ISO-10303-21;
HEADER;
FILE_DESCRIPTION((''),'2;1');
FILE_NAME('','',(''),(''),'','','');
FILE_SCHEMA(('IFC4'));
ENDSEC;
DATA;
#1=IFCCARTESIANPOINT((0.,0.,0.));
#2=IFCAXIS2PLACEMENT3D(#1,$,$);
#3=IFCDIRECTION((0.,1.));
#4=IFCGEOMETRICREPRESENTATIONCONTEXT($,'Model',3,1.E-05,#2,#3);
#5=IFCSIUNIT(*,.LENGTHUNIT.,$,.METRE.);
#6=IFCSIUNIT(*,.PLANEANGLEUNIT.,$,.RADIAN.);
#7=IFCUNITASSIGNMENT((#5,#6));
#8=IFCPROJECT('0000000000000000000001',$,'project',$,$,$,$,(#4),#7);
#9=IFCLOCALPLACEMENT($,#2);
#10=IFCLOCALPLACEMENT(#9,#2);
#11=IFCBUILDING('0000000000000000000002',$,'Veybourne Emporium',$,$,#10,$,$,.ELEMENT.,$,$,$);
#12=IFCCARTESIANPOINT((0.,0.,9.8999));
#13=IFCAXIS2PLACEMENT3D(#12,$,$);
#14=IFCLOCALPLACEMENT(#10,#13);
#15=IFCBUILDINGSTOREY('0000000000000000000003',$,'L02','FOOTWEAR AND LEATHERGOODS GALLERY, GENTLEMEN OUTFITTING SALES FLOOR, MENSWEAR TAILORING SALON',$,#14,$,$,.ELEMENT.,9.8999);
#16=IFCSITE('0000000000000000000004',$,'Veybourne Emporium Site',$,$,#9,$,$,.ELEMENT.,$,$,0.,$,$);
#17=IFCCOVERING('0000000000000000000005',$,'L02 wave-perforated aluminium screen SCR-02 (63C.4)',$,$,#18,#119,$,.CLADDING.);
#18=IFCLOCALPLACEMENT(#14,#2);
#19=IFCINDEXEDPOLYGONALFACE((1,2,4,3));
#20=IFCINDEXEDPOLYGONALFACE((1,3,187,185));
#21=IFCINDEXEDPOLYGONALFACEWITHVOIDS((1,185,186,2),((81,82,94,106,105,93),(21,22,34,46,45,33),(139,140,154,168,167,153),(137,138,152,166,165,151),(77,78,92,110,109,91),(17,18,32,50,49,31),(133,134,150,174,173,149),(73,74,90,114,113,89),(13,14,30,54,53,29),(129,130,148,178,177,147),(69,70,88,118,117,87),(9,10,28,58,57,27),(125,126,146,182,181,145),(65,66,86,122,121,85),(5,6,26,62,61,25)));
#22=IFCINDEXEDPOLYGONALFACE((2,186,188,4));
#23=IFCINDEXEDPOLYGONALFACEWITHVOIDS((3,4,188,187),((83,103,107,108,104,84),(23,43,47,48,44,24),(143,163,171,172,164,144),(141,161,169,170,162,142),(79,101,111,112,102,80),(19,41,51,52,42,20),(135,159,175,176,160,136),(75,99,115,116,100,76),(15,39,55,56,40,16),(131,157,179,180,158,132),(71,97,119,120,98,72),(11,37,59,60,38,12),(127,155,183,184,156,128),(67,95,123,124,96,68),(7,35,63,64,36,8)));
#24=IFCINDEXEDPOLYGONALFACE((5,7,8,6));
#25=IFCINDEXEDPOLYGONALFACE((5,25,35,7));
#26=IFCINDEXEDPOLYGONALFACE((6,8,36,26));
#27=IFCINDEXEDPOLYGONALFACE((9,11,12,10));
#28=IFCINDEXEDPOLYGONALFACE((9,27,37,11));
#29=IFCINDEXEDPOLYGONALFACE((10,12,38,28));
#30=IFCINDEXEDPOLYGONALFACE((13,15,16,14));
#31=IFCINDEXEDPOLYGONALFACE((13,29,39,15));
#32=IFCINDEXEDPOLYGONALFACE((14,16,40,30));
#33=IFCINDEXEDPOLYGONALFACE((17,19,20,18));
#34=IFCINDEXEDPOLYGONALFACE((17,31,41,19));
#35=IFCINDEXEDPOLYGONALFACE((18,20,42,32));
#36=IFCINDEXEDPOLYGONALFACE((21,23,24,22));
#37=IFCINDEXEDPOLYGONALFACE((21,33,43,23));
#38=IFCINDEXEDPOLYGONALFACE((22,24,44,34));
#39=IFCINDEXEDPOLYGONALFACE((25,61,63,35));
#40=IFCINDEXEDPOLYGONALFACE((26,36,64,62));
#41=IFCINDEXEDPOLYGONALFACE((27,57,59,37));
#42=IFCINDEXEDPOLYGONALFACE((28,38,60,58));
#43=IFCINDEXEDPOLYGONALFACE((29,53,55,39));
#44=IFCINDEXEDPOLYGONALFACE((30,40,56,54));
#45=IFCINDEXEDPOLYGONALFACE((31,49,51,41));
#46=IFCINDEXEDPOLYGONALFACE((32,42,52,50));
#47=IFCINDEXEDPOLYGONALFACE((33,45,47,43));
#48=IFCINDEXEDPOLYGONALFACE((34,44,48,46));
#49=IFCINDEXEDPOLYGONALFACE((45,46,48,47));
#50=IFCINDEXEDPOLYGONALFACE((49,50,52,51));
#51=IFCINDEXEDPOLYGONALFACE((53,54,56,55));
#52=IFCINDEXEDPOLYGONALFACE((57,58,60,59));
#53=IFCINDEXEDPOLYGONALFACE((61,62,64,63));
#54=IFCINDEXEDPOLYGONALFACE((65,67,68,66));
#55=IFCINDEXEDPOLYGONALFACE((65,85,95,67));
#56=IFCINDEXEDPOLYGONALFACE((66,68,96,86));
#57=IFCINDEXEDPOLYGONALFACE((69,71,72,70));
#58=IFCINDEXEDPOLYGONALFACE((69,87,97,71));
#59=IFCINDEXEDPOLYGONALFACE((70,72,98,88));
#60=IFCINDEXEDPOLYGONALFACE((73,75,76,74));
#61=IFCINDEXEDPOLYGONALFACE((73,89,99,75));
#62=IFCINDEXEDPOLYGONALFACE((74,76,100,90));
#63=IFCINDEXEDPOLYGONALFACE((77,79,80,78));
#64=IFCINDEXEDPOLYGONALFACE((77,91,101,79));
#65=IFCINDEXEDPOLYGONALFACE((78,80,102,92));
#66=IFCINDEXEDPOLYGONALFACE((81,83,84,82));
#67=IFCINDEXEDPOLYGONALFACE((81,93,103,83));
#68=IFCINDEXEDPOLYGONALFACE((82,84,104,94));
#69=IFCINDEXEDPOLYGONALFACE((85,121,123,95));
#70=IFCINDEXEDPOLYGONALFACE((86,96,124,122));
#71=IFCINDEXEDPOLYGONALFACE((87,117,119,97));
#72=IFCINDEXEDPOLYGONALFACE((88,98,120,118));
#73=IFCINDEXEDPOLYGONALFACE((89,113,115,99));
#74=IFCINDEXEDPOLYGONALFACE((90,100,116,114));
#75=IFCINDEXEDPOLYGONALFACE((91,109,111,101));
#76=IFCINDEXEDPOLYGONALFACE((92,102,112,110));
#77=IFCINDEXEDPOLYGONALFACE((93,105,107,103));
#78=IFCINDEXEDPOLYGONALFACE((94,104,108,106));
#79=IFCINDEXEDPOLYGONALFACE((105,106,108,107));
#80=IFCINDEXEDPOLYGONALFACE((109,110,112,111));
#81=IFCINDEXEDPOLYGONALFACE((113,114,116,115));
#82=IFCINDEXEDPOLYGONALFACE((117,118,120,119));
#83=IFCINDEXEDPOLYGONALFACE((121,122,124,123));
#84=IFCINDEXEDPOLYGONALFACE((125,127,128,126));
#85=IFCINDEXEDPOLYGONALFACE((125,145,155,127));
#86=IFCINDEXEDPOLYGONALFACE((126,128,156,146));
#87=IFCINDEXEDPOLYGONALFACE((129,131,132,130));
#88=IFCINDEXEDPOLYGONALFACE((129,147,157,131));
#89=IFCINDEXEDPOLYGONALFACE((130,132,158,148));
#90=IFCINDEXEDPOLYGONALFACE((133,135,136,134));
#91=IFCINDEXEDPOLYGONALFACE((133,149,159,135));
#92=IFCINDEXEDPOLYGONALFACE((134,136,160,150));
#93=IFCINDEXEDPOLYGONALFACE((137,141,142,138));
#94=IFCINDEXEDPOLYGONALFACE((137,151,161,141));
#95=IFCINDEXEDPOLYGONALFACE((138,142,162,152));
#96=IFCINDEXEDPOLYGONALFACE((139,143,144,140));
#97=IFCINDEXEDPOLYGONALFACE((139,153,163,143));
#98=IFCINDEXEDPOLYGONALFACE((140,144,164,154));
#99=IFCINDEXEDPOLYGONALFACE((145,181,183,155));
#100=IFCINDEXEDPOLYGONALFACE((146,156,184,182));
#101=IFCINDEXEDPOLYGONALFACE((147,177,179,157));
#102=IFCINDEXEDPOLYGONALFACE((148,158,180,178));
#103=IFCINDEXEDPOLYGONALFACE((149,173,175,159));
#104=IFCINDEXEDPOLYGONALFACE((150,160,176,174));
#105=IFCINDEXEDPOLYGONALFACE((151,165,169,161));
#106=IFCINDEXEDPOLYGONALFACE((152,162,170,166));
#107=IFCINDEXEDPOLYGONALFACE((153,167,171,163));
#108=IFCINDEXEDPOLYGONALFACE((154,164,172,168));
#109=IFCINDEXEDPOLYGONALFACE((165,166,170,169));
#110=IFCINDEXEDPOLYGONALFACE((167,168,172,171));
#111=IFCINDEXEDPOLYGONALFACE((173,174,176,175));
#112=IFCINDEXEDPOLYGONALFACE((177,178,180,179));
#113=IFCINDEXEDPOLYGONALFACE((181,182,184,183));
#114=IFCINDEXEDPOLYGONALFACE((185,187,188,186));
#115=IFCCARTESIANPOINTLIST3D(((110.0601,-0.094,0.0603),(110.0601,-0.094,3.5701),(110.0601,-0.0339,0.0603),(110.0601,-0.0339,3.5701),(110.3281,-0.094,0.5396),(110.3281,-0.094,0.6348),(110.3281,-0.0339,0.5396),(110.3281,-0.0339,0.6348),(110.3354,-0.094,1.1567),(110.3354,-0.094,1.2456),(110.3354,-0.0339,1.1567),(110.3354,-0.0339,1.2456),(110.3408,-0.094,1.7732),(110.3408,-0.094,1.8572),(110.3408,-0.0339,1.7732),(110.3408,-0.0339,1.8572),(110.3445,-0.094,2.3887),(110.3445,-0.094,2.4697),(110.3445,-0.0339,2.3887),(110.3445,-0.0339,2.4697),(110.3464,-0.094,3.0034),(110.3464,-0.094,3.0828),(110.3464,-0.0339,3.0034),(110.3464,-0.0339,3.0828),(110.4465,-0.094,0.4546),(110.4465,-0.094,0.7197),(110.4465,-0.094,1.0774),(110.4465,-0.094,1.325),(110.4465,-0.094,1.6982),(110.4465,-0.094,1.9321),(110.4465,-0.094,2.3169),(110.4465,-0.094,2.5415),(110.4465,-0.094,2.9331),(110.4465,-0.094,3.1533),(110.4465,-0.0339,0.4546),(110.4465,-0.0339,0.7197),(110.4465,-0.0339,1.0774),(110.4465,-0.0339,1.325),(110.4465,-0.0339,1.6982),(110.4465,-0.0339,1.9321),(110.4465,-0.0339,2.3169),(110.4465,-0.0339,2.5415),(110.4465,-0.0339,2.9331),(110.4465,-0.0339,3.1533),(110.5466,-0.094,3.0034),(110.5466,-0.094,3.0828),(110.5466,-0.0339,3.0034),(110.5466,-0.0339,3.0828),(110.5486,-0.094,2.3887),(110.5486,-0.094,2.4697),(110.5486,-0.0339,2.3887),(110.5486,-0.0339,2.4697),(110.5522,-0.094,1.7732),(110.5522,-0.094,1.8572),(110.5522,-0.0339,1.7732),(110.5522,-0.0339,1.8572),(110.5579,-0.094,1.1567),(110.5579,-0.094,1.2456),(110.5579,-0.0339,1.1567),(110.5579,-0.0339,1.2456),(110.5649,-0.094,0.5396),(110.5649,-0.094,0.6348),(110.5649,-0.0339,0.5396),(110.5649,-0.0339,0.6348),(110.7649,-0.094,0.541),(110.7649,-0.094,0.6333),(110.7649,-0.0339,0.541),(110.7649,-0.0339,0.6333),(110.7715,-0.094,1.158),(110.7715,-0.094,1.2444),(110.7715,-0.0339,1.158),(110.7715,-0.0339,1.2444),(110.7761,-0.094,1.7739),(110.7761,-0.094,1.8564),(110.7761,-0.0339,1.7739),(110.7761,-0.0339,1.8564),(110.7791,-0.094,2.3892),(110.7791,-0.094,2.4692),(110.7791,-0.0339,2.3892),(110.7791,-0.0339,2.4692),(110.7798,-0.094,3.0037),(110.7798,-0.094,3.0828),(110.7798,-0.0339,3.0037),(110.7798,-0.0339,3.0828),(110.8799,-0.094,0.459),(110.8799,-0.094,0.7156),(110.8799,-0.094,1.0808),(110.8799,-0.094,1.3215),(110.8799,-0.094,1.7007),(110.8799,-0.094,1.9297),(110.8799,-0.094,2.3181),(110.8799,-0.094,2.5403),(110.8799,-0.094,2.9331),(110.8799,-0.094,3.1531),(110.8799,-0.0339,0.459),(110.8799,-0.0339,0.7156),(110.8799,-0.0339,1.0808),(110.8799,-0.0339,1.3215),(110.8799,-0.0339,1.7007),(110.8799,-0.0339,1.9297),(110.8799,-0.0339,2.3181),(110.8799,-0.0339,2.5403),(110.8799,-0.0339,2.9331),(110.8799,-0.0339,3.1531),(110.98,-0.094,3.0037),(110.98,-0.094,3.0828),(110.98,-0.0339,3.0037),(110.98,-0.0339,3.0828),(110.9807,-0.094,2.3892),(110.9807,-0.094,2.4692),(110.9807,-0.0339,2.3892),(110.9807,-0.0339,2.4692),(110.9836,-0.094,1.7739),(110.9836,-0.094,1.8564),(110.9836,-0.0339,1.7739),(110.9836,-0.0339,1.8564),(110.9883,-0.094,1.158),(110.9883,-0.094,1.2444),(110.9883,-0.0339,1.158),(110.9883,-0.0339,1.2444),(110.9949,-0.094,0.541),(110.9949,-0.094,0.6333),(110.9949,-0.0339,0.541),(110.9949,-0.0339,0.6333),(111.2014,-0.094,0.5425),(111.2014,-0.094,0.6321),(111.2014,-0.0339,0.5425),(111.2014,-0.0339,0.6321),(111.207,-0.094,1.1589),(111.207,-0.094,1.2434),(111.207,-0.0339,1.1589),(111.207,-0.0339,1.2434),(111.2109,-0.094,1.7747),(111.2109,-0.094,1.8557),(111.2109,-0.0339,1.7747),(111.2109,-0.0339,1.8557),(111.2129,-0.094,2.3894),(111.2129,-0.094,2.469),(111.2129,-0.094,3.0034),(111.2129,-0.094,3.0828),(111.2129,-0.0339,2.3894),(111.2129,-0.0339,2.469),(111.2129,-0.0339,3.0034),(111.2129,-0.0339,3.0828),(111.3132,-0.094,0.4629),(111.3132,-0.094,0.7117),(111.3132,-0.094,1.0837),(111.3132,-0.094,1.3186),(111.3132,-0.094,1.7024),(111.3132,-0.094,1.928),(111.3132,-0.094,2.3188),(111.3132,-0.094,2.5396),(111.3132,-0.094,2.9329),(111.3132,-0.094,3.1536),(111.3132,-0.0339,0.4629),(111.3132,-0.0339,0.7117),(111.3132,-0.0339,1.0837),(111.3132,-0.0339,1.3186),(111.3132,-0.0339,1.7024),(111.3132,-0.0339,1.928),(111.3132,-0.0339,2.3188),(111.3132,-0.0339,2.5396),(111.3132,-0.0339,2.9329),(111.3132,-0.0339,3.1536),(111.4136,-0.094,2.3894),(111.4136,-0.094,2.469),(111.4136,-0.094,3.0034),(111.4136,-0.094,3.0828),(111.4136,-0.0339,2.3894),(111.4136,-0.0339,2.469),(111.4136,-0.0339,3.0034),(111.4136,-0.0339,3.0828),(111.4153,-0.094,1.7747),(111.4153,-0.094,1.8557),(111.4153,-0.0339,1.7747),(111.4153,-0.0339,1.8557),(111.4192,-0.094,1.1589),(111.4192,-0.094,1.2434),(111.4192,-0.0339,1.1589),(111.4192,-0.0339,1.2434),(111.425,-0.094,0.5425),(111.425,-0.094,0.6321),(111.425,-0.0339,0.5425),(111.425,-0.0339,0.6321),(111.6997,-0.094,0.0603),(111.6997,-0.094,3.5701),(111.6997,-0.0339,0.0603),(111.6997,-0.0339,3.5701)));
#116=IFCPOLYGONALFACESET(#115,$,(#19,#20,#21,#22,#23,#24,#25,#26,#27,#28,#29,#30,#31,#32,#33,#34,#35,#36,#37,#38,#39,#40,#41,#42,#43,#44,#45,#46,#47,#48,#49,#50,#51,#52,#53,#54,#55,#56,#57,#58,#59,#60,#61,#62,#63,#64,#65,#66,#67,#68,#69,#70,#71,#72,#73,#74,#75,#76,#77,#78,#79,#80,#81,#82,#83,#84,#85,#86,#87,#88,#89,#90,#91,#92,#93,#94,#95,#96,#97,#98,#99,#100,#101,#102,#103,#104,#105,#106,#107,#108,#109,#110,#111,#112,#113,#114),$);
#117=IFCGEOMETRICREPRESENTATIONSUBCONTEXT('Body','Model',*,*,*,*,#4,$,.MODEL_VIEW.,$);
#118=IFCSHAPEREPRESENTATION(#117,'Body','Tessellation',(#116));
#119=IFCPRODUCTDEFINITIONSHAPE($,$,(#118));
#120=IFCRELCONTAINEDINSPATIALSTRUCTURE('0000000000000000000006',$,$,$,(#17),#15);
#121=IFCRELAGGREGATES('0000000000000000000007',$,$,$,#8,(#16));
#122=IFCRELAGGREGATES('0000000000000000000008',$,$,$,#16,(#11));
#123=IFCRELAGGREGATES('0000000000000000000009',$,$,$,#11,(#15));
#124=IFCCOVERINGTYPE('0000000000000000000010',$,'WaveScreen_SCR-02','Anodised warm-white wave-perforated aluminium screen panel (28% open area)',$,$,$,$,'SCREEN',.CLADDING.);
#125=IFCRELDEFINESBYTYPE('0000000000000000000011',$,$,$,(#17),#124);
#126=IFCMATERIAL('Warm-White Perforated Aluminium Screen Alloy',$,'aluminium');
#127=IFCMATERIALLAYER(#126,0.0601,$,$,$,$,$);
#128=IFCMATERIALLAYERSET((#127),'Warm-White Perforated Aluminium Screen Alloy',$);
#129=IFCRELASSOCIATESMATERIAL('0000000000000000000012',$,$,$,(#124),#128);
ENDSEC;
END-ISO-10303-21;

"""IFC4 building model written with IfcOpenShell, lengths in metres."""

from ifc_helpers import new_model, si_unit, direction, frame, origin, place, context, subcontext, project, spatial, polyline, outline, extrude, material, layer, layer_set, type_object, element, save


model = new_model("IFC4")

# Units and contexts
model_context = context("Model", 3, precision=1e-05, world=origin(), true_north=direction((0.0, 1.0)))
body_context = subcontext(model_context, "Body", "Model", "MODEL_VIEW")
ifc_project = project(units=[si_unit("LENGTHUNIT", "METRE"), si_unit("PLANEANGLEUNIT", "RADIAN")], contexts=[model_context])

# Site, building, storey
site_placement = place(None, origin())
site = spatial("IfcSite", under=ifc_project, at=site_placement, Name="Veybourne Emporium Site", CompositionType="ELEMENT", RefElevation=0.0)
building_placement = place(site_placement, origin())
building = spatial("IfcBuilding", under=site, at=building_placement, Name="Veybourne Emporium", CompositionType="ELEMENT")
storey_placement = place(building_placement, frame((0.0, 0.0, 9.8999)))
storey = spatial("IfcBuildingStorey", under=building, at=storey_placement, Name="L02", Description="FOOTWEAR AND LEATHERGOODS GALLERY, GENTLEMEN OUTFITTING SALES FLOOR, MENSWEAR TAILORING SALON", CompositionType="ELEMENT", Elevation=9.8999)

# Covering
ifc_material_1 = material(Name="Warm-White Perforated Aluminium Screen Alloy", Category="aluminium")
ifc_layer_1 = layer(ifc_material_1, 0.0601)
ifc_layer_set_1 = layer_set([ifc_layer_1], Name="Warm-White Perforated Aluminium Screen Alloy")
covering_type_1 = type_object("IfcCoveringType", Name="WaveScreen_SCR-02", Description="Anodised warm-white wave-perforated aluminium screen panel (28% open area)", ElementType="SCREEN", PredefinedType="CLADDING", material=ifc_layer_set_1)
covering_1_placement = place(storey_placement, frame((110.8799, -0.094, 1.8152), z_axis=(0.0, 1.0, 0.0), x_axis=(-1.0, 0.0, 0.0)))
element("IfcCovering", 1, at=covering_1_placement, inside=storey, type_object=covering_type_1, Name="L02 wave-perforated aluminium screen SCR-02 (63C.4)", PredefinedType="CLADDING", context=body_context, shape_type="SweptSolid", body=[
    extrude(outline(polyline([(-0.8198, -1.7549), (0.8198, -1.7549), (0.8198, 1.7549), (-0.8198, 1.7549), (-0.8198, -1.7549)]), holes=[polyline([(-0.4333, -1.1035), (-0.3215, -1.1831), (-0.3215, -1.2727), (-0.4333, -1.3523), (-0.5452, -1.2727), (-0.5452, -1.1831), (-0.4333, -1.1035)]), polyline([(-0.4333, -0.4966), (-0.3271, -0.5718), (-0.3271, -0.6562), (-0.4333, -0.7314), (-0.5393, -0.6562), (-0.5393, -0.5718), (-0.4333, -0.4966)]), polyline([(-0.4333, 0.1128), (-0.3311, 0.0405), (-0.3311, -0.0405), (-0.4333, -0.1128), (-0.5354, -0.0405), (-0.5354, 0.0405), (-0.4333, 0.1128)]), polyline([(-0.4333, 0.7244), (-0.333, 0.6538), (-0.333, 0.5742), (-0.4333, 0.5037), (-0.5337, 0.5742), (-0.5337, 0.6538), (-0.4333, 0.7244)]), polyline([(-0.4333, 1.3384), (-0.333, 1.2676), (-0.333, 1.1882), (-0.4333, 1.1177), (-0.5337, 1.1882), (-0.5337, 1.2676), (-0.4333, 1.3384)]), polyline([(0.0, -1.0996), (0.115, -1.1819), (0.115, -1.2742), (0.0, -1.3562), (-0.115, -1.2742), (-0.115, -1.1819), (0.0, -1.0996)]), polyline([(0.0, -0.4937), (0.1084, -0.5708), (0.1084, -0.6572), (0.0, -0.7344), (-0.1084, -0.6572), (-0.1084, -0.5708), (0.0, -0.4937)]), polyline([(0.0, 0.1145), (0.1038, 0.0413), (0.1038, -0.0413), (0.0, -0.1145), (-0.1038, -0.0413), (-0.1038, 0.0413), (0.0, 0.1145)]), polyline([(0.0, 0.7251), (0.1008, 0.6541), (0.1008, 0.574), (0.0, 0.5029), (-0.1008, 0.574), (-0.1008, 0.6541), (0.0, 0.7251)]), polyline([(0.0, 1.3379), (0.1001, 1.2676), (0.1001, 1.1885), (0.0, 1.1179), (-0.1001, 1.1885), (-0.1001, 1.2676), (0.0, 1.3379)]), polyline([(0.4333, -1.0955), (0.5518, -1.1804), (0.5518, -1.2756), (0.4333, -1.3606), (0.3149, -1.2756), (0.3149, -1.1804), (0.4333, -1.0955)]), polyline([(0.4333, -0.4902), (0.5444, -0.5696), (0.5444, -0.6584), (0.4333, -0.7378), (0.322, -0.6584), (0.322, -0.5696), (0.4333, -0.4902)]), polyline([(0.4333, 0.1169), (0.5391, 0.042), (0.5391, -0.042), (0.4333, -0.1169), (0.3276, -0.042), (0.3276, 0.042), (0.4333, 0.1169)]), polyline([(0.4333, 0.7263), (0.5354, 0.6545), (0.5354, 0.5735), (0.4333, 0.5017), (0.3313, 0.5735), (0.3313, 0.6545), (0.4333, 0.7263)]), polyline([(0.4333, 1.3381), (0.5334, 1.2676), (0.5334, 1.1882), (0.4333, 1.1179), (0.3333, 1.1882), (0.3333, 1.2676), (0.4333, 1.3381)])]), origin(), (0.0, 0.0, 1.0), 0.0601),
])

save(model, "model.ifc")
